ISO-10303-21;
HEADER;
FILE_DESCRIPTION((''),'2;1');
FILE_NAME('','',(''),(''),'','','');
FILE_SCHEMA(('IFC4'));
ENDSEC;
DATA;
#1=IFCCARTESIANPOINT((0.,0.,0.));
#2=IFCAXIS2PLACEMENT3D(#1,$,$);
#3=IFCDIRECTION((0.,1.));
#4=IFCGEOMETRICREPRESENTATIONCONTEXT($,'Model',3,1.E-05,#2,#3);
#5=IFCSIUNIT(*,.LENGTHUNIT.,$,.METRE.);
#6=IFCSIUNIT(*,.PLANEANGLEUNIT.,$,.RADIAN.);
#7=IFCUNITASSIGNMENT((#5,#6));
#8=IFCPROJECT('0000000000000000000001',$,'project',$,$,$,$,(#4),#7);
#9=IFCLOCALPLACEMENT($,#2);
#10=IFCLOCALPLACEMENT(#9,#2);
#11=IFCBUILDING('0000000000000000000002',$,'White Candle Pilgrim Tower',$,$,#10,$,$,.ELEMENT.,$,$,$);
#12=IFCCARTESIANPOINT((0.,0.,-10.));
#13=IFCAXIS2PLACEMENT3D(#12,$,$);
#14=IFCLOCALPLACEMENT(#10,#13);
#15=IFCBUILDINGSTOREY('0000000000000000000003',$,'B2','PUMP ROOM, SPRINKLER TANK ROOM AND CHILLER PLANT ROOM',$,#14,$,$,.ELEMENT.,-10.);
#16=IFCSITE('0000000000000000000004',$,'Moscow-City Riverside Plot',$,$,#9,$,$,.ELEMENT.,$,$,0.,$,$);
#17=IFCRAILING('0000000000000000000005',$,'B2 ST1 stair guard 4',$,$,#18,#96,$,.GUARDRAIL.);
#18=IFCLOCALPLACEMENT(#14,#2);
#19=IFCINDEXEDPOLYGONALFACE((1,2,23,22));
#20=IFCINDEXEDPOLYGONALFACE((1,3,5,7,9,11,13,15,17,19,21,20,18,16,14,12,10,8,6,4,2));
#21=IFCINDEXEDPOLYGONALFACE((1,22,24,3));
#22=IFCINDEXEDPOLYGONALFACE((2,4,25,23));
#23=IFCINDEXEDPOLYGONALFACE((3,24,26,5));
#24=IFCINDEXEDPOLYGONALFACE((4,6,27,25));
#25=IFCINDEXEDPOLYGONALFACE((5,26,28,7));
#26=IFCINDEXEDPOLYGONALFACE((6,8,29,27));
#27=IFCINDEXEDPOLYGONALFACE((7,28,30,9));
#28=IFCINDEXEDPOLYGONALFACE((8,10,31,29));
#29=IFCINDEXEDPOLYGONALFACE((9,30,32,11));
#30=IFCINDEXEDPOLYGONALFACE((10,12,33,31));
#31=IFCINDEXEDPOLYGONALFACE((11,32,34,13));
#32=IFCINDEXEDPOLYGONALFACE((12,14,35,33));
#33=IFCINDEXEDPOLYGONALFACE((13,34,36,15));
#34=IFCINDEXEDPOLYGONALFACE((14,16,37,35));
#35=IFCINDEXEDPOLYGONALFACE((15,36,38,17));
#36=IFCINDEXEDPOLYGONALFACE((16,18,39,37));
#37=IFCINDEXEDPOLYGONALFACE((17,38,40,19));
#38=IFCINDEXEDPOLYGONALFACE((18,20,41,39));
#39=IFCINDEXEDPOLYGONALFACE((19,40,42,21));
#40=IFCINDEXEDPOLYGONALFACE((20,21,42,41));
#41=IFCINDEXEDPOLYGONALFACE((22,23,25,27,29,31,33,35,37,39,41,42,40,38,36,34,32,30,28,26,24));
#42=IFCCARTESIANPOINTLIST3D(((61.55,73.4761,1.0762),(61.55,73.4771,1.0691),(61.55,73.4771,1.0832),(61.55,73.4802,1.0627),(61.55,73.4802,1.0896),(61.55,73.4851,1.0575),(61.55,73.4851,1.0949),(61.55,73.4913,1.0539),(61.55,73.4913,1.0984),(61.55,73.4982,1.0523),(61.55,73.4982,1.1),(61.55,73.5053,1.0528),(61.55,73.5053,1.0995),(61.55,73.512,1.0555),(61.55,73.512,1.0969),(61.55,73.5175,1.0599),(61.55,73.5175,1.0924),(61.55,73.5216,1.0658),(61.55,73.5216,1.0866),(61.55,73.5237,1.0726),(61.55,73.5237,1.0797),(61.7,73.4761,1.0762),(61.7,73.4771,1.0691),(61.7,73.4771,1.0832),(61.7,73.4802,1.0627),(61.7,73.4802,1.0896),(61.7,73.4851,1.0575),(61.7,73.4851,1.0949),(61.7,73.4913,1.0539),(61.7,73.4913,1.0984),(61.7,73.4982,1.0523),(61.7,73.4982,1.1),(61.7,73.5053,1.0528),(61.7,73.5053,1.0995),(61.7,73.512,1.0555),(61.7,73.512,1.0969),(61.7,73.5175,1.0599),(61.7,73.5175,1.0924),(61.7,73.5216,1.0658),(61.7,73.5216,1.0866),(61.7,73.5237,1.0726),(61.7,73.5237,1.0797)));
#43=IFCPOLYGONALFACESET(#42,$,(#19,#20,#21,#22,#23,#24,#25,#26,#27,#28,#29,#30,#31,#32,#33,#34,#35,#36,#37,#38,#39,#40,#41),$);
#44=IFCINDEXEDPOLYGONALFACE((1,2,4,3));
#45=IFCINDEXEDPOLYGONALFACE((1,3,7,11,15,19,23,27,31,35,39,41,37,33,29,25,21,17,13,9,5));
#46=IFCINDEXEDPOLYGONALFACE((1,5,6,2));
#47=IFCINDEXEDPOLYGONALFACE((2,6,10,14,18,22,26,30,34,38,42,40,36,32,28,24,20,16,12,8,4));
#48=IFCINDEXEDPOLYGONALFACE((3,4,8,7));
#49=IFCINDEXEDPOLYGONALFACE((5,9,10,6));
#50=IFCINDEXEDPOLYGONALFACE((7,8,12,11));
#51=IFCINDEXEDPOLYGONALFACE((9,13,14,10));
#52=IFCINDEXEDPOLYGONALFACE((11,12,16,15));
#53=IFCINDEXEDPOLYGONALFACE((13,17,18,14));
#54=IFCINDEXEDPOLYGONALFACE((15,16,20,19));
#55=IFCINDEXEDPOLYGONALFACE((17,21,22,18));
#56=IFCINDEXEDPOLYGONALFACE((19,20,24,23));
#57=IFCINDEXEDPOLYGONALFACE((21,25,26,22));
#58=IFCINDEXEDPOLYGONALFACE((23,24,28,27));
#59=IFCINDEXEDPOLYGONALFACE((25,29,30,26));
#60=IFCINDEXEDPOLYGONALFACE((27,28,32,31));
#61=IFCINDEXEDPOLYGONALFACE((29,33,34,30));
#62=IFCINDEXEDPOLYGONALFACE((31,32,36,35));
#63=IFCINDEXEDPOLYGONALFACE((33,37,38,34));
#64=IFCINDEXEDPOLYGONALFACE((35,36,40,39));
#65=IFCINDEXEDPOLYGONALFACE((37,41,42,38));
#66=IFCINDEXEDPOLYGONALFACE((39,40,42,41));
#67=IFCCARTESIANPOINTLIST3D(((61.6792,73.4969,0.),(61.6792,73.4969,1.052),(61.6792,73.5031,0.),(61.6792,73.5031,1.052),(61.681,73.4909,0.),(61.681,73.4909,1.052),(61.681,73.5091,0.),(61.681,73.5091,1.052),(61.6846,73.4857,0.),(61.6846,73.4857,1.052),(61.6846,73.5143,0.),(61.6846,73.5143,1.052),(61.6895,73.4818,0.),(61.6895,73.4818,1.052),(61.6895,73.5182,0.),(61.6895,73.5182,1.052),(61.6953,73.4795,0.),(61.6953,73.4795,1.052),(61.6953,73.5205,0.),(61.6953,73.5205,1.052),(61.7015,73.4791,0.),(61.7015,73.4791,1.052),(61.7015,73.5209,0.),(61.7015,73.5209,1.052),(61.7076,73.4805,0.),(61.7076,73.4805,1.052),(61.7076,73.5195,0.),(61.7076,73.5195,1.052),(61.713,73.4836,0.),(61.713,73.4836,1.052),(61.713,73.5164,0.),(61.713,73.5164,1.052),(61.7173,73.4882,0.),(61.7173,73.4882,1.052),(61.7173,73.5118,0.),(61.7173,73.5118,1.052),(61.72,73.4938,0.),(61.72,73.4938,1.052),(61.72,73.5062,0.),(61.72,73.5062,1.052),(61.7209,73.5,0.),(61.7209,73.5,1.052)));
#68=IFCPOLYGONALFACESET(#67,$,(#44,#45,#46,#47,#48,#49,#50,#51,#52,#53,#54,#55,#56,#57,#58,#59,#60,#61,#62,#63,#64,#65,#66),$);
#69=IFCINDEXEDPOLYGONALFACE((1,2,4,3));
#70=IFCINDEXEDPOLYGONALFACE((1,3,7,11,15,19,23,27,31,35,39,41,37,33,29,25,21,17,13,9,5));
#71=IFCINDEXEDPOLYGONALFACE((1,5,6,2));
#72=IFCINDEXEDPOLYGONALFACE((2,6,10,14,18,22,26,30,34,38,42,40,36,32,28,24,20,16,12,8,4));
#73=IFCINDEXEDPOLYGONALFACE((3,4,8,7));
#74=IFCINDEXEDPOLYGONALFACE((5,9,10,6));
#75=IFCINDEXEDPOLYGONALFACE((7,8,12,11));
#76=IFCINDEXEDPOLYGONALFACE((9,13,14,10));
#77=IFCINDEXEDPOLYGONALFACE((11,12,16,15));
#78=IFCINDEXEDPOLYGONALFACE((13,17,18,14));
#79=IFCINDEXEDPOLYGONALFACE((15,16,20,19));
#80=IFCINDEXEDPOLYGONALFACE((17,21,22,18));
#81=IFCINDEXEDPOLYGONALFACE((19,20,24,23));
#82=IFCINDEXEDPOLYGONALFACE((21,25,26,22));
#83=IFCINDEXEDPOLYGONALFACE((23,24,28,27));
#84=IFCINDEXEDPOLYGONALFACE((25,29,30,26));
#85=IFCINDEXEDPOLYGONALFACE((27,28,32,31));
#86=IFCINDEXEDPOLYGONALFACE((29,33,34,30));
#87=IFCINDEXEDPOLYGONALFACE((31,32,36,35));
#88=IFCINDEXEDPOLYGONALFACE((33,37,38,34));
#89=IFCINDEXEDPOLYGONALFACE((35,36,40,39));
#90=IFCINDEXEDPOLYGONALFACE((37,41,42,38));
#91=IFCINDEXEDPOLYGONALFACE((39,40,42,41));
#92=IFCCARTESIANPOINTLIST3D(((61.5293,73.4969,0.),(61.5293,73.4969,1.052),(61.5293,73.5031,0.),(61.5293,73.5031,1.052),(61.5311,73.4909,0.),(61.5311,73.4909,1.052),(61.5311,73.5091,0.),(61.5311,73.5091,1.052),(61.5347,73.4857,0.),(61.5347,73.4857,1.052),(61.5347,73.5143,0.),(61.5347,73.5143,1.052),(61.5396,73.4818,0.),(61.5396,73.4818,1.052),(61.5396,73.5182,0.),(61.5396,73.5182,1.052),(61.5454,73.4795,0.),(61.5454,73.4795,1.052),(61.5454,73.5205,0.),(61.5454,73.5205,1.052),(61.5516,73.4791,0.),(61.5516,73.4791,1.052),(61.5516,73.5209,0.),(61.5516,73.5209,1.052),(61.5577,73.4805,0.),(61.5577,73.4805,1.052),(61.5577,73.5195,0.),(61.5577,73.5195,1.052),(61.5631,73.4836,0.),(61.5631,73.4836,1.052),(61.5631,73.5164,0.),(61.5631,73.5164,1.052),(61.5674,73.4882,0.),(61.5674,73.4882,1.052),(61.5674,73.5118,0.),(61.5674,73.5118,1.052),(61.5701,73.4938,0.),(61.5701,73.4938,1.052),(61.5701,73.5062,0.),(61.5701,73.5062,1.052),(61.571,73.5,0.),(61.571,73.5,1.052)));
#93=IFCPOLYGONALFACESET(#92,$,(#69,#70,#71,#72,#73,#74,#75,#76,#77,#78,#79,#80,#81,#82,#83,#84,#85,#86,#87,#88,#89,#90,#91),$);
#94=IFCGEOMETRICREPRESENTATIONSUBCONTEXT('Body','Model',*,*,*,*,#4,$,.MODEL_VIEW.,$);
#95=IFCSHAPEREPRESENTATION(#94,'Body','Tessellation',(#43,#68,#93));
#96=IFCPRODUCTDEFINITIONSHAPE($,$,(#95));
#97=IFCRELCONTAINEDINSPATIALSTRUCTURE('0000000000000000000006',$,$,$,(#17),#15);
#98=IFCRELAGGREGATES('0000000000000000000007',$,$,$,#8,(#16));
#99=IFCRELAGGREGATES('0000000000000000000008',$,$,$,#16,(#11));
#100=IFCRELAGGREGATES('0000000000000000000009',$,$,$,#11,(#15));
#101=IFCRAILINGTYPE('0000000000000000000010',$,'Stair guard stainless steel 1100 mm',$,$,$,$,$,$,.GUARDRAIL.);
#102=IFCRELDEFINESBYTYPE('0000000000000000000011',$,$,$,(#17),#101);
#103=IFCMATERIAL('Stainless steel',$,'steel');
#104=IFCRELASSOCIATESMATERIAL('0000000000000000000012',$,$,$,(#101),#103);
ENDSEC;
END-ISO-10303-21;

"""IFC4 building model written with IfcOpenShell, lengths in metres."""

from ifc_helpers import new_model, si_unit, direction, frame, origin, origin_2d, place, context, subcontext, project, spatial, circle, extrude, material, type_object, element, save


model = new_model("IFC4")

# Units and contexts
model_context = context("Model", 3, precision=1e-05, world=origin(), true_north=direction((0.0, 1.0)))
body_context = subcontext(model_context, "Body", "Model", "MODEL_VIEW")
ifc_project = project(units=[si_unit("LENGTHUNIT", "METRE"), si_unit("PLANEANGLEUNIT", "RADIAN")], contexts=[model_context])

# Site, building, storey
site_placement = place(None, origin())
site = spatial("IfcSite", under=ifc_project, at=site_placement, Name="Moscow-City Riverside Plot", CompositionType="ELEMENT", RefElevation=0.0)
building_placement = place(site_placement, origin())
building = spatial("IfcBuilding", under=site, at=building_placement, Name="White Candle Pilgrim Tower", CompositionType="ELEMENT")
storey_placement = place(building_placement, frame((0.0, 0.0, -10.0)))
storey = spatial("IfcBuildingStorey", under=building, at=storey_placement, Name="B2", Description="PUMP ROOM, SPRINKLER TANK ROOM AND CHILLER PLANT ROOM", CompositionType="ELEMENT", Elevation=-10.0)

# Railing
ifc_material_1 = material(Name="Stainless steel", Category="steel")
railing_type_1 = type_object("IfcRailingType", Name="Stair guard stainless steel 1100 mm", PredefinedType="GUARDRAIL", material=ifc_material_1)
railing_1_placement = place(storey_placement, frame((61.7, 73.5, 0.0)))
element("IfcRailing", 1, at=railing_1_placement, inside=storey, type_object=railing_type_1, Name="B2 ST1 stair guard 4", PredefinedType="GUARDRAIL", context=body_context, shape_type="SweptSolid", body=[
    extrude(circle(Radius=0.0239, at=origin_2d()), frame((0.0, 0.0, 1.0762), z_axis=(-1.0, 0.0, 0.0), x_axis=(0.0, -1.0, 0.0)), (0.0, 0.0, 1.0), 0.1499),
    extrude(circle(Radius=0.021, at=origin_2d()), origin(), (0.0, 0.0, 1.0), 1.052),
    extrude(circle(Radius=0.021, at=origin_2d()), frame((-0.1499, 0.0, 0.0)), (0.0, 0.0, 1.0), 1.052),
])

save(model, "model.ifc")
